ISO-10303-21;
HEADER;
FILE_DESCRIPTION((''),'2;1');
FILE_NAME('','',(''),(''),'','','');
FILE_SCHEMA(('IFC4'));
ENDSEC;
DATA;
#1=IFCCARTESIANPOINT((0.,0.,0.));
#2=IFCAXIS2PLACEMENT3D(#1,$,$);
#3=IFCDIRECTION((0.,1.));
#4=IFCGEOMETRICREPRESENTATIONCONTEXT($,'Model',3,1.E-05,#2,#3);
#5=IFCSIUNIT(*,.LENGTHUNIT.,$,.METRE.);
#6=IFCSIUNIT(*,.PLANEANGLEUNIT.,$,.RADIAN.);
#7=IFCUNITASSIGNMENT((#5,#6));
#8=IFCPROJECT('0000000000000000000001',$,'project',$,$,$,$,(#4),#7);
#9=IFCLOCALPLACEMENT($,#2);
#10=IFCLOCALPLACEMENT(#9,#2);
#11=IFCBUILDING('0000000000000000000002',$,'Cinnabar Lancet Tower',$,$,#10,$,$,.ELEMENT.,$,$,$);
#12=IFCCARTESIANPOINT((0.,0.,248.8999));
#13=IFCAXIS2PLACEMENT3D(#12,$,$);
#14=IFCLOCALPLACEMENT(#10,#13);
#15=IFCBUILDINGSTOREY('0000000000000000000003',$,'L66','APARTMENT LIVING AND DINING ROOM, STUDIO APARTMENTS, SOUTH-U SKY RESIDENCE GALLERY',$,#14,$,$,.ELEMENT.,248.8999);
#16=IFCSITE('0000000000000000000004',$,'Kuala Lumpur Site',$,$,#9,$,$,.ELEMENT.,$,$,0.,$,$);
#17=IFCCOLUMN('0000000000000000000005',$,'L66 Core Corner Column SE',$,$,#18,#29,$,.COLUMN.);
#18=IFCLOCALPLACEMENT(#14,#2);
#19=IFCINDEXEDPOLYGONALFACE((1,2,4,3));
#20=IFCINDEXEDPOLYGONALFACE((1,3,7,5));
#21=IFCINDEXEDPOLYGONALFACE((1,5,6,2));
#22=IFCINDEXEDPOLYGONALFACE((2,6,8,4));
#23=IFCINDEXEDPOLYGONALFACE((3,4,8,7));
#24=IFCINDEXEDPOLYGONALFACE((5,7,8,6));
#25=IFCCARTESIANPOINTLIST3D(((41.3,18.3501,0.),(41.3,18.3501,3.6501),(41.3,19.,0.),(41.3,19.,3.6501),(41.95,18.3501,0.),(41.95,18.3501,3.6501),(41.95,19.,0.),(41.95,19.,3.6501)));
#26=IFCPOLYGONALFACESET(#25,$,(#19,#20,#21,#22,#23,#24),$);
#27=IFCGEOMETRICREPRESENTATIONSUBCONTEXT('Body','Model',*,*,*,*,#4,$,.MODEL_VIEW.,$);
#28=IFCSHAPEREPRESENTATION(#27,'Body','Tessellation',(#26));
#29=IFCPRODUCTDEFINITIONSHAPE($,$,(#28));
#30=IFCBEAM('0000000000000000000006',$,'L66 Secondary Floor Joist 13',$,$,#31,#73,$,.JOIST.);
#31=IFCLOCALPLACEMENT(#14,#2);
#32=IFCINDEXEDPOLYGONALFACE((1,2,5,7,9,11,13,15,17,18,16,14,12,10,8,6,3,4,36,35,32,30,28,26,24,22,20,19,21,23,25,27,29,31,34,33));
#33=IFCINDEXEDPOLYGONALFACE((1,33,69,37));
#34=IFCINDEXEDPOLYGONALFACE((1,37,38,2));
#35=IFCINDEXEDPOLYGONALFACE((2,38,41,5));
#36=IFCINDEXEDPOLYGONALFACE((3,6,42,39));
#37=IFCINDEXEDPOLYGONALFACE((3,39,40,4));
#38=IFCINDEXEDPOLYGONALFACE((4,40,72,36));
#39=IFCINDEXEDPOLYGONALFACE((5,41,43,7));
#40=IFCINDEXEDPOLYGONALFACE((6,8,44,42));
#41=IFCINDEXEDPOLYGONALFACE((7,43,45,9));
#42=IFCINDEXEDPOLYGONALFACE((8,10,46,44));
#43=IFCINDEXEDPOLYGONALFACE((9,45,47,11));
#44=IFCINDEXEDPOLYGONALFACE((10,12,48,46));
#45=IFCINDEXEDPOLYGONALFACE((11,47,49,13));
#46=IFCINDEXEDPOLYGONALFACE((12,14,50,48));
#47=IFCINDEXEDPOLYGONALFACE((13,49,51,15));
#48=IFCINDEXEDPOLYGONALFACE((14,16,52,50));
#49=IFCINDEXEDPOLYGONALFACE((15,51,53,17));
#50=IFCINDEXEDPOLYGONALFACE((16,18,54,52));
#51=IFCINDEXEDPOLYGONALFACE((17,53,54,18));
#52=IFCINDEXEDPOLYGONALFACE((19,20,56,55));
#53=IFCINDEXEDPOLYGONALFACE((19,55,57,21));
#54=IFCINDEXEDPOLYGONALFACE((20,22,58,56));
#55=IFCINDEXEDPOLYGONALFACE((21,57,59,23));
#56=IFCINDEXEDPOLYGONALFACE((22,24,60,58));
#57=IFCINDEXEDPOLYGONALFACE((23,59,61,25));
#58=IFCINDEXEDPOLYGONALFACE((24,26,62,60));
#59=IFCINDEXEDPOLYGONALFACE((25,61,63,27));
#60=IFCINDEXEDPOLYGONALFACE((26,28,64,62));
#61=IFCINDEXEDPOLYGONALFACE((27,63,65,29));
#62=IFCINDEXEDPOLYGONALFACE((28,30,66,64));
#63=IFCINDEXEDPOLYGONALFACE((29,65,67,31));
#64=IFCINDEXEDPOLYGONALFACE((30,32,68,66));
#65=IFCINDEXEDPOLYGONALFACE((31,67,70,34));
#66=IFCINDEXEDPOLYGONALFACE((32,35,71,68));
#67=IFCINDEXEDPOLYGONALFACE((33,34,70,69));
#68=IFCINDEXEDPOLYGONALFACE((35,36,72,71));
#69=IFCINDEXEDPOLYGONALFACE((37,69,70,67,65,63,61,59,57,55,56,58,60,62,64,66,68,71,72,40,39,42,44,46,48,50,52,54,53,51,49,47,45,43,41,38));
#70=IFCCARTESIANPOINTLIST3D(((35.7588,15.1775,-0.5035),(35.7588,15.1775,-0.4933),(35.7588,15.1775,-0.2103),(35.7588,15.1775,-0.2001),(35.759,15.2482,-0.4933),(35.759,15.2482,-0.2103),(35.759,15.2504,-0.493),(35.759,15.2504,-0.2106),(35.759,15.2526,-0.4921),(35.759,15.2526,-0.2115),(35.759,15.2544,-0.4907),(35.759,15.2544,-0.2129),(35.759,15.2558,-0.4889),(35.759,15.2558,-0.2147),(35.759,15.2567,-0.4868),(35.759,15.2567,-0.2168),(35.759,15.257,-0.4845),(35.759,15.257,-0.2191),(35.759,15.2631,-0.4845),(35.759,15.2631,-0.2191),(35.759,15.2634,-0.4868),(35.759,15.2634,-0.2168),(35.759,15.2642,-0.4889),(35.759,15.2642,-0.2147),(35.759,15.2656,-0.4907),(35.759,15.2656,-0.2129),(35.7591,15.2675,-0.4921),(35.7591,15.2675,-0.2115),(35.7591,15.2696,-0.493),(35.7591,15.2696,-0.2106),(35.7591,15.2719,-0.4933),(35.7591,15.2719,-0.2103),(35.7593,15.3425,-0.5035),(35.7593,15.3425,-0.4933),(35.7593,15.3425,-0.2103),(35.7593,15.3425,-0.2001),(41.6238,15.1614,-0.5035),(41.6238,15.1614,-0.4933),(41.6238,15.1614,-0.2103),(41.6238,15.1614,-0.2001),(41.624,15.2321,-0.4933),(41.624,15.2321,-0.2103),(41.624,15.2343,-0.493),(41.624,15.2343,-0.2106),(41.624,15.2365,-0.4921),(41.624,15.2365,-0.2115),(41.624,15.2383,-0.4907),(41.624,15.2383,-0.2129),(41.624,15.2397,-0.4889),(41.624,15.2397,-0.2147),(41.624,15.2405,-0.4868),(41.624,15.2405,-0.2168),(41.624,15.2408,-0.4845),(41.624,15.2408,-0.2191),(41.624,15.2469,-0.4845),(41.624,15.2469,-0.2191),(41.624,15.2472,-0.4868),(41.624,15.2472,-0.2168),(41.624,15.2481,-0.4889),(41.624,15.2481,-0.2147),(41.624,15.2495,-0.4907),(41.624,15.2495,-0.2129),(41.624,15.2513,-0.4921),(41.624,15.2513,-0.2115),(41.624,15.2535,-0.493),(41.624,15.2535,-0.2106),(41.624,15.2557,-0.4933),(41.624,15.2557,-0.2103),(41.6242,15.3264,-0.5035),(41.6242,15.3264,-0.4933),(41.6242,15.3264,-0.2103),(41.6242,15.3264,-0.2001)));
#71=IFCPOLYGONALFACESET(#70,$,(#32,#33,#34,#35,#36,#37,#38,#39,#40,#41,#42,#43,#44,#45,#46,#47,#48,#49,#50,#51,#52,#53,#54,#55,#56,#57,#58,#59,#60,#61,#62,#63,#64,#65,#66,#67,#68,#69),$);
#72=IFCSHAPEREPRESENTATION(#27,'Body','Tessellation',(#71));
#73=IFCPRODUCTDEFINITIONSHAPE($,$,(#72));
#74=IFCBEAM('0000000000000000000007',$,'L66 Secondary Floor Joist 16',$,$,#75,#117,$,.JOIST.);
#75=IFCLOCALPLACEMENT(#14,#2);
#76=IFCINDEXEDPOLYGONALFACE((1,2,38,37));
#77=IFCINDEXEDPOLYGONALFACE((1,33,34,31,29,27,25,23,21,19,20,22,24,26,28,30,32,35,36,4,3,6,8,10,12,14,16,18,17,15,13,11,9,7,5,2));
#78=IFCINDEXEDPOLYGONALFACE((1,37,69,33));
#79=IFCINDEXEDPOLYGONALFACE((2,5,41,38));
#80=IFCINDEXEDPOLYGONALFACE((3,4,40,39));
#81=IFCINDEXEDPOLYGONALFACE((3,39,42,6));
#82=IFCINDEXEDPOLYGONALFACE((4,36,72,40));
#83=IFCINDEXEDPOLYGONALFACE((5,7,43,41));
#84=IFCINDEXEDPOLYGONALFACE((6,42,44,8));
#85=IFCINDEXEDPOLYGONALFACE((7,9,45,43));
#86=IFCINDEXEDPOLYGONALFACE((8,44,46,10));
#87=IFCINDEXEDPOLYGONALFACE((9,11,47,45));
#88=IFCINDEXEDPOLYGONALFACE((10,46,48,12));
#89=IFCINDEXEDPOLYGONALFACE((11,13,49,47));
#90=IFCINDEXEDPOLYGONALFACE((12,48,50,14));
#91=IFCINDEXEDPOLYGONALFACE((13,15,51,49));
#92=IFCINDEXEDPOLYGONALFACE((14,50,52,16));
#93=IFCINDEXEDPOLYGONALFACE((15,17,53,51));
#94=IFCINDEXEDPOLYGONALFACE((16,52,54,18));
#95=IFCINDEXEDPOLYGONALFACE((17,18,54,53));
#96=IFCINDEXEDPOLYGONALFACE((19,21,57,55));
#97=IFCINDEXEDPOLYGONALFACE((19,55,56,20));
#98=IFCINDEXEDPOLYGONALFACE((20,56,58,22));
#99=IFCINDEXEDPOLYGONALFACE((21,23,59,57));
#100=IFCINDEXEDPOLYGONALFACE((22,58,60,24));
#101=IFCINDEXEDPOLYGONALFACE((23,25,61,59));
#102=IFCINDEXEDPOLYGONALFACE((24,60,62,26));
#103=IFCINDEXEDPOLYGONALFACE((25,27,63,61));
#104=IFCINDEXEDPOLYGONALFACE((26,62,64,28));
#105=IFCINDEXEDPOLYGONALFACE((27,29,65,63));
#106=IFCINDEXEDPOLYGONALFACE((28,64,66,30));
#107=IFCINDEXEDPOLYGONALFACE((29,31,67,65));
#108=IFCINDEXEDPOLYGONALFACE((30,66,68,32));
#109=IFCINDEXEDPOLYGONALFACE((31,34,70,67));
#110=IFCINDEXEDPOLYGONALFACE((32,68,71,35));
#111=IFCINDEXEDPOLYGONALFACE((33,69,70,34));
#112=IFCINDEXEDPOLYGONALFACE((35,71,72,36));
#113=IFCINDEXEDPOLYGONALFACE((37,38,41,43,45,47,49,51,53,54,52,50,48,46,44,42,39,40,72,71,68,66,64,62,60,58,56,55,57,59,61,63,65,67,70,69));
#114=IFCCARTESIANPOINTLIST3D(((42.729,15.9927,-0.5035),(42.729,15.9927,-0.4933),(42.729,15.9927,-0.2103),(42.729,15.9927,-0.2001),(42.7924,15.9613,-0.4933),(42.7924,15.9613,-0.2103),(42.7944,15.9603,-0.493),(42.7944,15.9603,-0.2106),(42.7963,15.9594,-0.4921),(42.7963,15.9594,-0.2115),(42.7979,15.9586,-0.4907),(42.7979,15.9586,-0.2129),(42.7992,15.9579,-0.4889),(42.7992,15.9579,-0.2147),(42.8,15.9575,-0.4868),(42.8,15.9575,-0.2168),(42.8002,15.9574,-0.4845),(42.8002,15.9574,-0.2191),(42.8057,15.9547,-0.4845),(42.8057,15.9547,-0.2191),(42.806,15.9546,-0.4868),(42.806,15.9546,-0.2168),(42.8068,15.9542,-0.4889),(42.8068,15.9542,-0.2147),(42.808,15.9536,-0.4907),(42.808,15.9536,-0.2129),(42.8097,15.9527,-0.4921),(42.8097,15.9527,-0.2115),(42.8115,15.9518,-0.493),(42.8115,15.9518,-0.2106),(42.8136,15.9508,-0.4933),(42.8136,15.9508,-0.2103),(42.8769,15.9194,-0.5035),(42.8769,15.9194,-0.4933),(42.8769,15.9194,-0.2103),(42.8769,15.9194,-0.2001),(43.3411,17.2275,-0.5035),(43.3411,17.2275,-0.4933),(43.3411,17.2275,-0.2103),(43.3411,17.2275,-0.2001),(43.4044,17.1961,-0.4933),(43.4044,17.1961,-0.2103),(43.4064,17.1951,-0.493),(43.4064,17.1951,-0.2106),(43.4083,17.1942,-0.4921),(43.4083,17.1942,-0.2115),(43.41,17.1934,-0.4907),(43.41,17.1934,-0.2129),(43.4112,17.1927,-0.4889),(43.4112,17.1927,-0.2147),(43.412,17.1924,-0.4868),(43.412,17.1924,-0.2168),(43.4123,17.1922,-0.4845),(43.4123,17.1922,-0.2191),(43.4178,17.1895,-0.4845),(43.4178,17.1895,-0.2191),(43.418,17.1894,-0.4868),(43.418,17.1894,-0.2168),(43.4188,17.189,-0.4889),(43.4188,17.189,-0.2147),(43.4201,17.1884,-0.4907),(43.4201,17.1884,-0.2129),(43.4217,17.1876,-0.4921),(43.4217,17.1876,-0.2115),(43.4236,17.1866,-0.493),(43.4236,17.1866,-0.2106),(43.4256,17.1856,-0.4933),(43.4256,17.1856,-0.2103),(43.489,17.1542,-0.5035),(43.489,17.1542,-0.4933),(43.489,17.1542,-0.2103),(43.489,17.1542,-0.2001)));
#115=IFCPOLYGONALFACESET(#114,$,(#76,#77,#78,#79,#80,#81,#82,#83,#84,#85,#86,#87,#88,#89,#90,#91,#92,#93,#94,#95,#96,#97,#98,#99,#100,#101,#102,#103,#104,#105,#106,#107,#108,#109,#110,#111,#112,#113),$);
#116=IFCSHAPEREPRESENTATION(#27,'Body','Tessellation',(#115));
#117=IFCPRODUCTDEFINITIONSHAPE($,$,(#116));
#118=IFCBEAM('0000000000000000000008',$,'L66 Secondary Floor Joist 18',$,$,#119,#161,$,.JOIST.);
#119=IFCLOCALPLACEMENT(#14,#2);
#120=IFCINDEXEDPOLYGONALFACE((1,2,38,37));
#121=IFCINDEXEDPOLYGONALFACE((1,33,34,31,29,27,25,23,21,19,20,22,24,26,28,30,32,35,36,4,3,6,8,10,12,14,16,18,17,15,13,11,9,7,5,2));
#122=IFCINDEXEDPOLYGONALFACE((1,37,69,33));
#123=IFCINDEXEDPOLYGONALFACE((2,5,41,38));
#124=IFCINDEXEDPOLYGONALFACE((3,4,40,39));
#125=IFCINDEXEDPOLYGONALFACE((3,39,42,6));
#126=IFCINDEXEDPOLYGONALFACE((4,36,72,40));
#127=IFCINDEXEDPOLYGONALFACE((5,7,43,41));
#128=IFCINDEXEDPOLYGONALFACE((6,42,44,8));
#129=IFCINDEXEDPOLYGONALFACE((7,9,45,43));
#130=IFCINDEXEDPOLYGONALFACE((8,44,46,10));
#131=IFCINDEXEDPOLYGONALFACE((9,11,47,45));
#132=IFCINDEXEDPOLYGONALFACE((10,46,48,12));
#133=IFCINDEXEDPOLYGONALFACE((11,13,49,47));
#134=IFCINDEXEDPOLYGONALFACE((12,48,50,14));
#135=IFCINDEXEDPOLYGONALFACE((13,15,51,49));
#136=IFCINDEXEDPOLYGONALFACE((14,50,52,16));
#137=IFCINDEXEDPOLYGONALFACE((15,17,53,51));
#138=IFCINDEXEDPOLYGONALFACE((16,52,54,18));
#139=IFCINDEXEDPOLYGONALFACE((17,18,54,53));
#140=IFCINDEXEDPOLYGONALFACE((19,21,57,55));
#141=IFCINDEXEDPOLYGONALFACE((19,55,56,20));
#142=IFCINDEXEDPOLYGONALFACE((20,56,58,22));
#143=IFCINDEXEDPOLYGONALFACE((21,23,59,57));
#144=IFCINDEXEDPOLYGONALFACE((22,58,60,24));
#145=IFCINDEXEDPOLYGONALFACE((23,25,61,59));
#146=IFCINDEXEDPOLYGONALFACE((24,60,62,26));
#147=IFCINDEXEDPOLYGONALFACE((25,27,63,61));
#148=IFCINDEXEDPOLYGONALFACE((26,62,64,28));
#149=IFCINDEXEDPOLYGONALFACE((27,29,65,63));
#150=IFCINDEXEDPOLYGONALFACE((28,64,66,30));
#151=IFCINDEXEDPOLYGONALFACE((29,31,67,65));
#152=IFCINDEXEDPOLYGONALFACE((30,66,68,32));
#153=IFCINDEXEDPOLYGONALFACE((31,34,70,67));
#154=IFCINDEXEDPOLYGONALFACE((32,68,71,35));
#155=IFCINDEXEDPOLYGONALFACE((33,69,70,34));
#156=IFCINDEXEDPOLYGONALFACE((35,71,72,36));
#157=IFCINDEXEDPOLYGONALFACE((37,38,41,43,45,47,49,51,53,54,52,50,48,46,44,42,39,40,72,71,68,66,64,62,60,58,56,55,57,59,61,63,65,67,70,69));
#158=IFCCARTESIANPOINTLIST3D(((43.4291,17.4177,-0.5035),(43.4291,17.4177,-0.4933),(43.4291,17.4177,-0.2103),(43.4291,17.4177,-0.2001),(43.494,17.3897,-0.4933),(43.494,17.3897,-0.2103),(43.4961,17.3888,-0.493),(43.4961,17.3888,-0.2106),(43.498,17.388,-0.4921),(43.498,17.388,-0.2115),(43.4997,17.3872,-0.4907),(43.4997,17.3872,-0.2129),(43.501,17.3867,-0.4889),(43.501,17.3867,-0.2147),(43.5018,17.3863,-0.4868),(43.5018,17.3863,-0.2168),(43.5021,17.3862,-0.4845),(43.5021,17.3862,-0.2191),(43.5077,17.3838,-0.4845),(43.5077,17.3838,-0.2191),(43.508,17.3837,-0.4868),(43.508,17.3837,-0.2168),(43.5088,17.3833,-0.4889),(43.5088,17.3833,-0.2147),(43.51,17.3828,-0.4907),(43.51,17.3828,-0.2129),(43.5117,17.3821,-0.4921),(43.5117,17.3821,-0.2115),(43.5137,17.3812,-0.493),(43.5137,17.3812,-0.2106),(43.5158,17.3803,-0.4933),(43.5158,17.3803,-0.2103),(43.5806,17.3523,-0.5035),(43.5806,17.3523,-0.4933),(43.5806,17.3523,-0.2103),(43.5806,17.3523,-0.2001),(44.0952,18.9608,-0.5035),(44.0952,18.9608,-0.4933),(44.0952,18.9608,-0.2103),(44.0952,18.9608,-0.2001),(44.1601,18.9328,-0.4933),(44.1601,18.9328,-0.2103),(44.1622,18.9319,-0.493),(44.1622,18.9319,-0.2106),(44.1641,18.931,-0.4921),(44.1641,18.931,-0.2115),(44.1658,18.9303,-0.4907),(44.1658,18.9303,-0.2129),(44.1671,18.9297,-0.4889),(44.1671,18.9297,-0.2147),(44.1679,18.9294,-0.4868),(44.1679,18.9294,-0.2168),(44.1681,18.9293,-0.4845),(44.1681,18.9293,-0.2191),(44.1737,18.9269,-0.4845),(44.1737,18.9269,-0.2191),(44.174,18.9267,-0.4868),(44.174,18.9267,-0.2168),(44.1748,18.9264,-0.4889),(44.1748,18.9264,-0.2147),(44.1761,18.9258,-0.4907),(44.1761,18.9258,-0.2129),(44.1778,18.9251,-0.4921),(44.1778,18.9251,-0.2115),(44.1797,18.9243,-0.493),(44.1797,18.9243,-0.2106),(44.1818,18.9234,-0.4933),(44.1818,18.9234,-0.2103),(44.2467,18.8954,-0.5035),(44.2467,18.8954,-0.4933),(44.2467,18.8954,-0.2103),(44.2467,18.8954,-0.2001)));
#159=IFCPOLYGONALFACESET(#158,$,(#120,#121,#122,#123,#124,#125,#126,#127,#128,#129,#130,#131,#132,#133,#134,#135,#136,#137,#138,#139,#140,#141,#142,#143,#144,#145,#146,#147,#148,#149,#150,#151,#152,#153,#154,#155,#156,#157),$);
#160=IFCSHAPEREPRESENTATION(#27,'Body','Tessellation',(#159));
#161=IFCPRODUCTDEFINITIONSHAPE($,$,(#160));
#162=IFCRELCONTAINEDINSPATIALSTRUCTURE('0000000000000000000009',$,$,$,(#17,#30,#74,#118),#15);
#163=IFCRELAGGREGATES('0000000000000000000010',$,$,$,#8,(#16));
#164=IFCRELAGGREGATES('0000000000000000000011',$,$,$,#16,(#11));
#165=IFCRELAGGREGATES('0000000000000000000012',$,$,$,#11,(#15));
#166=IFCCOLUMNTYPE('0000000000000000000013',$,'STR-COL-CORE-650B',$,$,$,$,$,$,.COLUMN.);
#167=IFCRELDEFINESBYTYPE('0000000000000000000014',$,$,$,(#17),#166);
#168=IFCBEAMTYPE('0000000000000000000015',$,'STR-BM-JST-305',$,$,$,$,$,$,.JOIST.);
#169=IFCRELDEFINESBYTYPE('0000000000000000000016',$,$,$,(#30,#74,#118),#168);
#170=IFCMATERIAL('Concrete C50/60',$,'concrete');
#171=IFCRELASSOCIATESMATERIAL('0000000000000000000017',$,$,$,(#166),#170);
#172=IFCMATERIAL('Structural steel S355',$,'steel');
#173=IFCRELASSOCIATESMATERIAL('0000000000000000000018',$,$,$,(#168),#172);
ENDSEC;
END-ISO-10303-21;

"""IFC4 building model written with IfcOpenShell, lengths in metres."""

from ifc_helpers import new_model, si_unit, direction, frame, origin, origin_2d, place, context, subcontext, project, spatial, rectangle, i_section, extrude, material, material_profile, profile_set, type_object, element, save


model = new_model("IFC4")

# Units and contexts
model_context = context("Model", 3, precision=1e-05, world=origin(), true_north=direction((0.0, 1.0)))
body_context = subcontext(model_context, "Body", "Model", "MODEL_VIEW")
ifc_project = project(units=[si_unit("LENGTHUNIT", "METRE"), si_unit("PLANEANGLEUNIT", "RADIAN")], contexts=[model_context])

# Site, building, storey
site_placement = place(None, origin())
site = spatial("IfcSite", under=ifc_project, at=site_placement, Name="Kuala Lumpur Site", CompositionType="ELEMENT", RefElevation=0.0)
building_placement = place(site_placement, origin())
building = spatial("IfcBuilding", under=site, at=building_placement, Name="Cinnabar Lancet Tower", CompositionType="ELEMENT")
storey_placement = place(building_placement, frame((0.0, 0.0, 248.8999)))
storey = spatial("IfcBuildingStorey", under=building, at=storey_placement, Name="L66", Description="APARTMENT LIVING AND DINING ROOM, STUDIO APARTMENTS, SOUTH-U SKY RESIDENCE GALLERY", CompositionType="ELEMENT", Elevation=248.8999)

# Column
ifc_material_1 = material(Name="Concrete C50/60", Category="concrete")
ifc_material_profile_1 = material_profile(ifc_material_1, rectangle(XDim=0.6499, YDim=0.6499, at=origin_2d()), Name="RC-COL 650x650")
ifc_profile_set_1 = profile_set([ifc_material_profile_1], Name="Concrete C50/60")
column_type = type_object("IfcColumnType", Name="STR-COL-CORE-650B", PredefinedType="COLUMN", material=ifc_profile_set_1)
column_placement = place(storey_placement, frame((41.625, 18.675, 0.0), z_axis=(0.0, 0.0, 1.0), x_axis=(1.0, 0.0, 0.0)))
element("IfcColumn", 1, at=column_placement, inside=storey, type_object=column_type, Name="L66 Core Corner Column SE", PredefinedType="COLUMN", context=body_context, shape_type="SweptSolid", body=[
    extrude(rectangle(XDim=0.6499, YDim=0.6499, at=origin_2d()), origin(), (0.0, 0.0, 1.0), 3.6501),
])

# Beams
ifc_material_2 = material(Name="Structural steel S355", Category="steel")
ifc_material_profile_2 = material_profile(ifc_material_2, i_section(OverallWidth=0.165, OverallDepth=0.3035, WebThickness=0.0061, FlangeThickness=0.0103, FilletRadius=0.0088, at=origin_2d()), Name="UKB 305x165x40")
ifc_profile_set_2 = profile_set([ifc_material_profile_2], Name="Structural steel S355")
beam_type_1 = type_object("IfcBeamType", Name="STR-BM-JST-305", PredefinedType="JOIST", material=ifc_profile_set_2)
beam_1_placement = place(storey_placement, frame((35.759, 15.26, -0.3518), z_axis=(0.999996, -0.002747, 0.0), x_axis=(0.002747, 0.999996, 0.0)))
element("IfcBeam", 2, at=beam_1_placement, inside=storey, type_object=beam_type_1, Name="L66 Secondary Floor Joist 13", PredefinedType="JOIST", context=body_context, shape_type="SweptSolid", body=[
    extrude(i_section(OverallWidth=0.165, OverallDepth=0.3035, WebThickness=0.0061, FlangeThickness=0.0103, FilletRadius=0.0088, at=origin_2d()), origin(), (0.0, 0.0, 1.0), 5.865),
])
beam_2_placement = place(storey_placement, frame((42.803, 15.9561, -0.3518), z_axis=(0.444093, 0.895981, 0.0), x_axis=(-0.895981, 0.444093, 0.0)))
element("IfcBeam", 3, at=beam_2_placement, inside=storey, type_object=beam_type_1, Name="L66 Secondary Floor Joist 16", PredefinedType="JOIST", context=body_context, shape_type="SweptSolid", body=[
    extrude(i_section(OverallWidth=0.165, OverallDepth=0.3035, WebThickness=0.0061, FlangeThickness=0.0103, FilletRadius=0.0088, at=origin_2d()), origin(), (0.0, 0.0, 1.0), 1.3782),
])
beam_3_placement = place(storey_placement, frame((43.5049, 17.385, -0.3518), z_axis=(0.396302, 0.91812, 0.0), x_axis=(-0.91812, 0.396302, 0.0)))
element("IfcBeam", 4, at=beam_3_placement, inside=storey, type_object=beam_type_1, Name="L66 Secondary Floor Joist 18", PredefinedType="JOIST", context=body_context, shape_type="SweptSolid", body=[
    extrude(i_section(OverallWidth=0.165, OverallDepth=0.3035, WebThickness=0.0061, FlangeThickness=0.0103, FilletRadius=0.0088, at=origin_2d()), origin(), (0.0, 0.0, 1.0), 1.6807),
])

save(model, "model.ifc")
